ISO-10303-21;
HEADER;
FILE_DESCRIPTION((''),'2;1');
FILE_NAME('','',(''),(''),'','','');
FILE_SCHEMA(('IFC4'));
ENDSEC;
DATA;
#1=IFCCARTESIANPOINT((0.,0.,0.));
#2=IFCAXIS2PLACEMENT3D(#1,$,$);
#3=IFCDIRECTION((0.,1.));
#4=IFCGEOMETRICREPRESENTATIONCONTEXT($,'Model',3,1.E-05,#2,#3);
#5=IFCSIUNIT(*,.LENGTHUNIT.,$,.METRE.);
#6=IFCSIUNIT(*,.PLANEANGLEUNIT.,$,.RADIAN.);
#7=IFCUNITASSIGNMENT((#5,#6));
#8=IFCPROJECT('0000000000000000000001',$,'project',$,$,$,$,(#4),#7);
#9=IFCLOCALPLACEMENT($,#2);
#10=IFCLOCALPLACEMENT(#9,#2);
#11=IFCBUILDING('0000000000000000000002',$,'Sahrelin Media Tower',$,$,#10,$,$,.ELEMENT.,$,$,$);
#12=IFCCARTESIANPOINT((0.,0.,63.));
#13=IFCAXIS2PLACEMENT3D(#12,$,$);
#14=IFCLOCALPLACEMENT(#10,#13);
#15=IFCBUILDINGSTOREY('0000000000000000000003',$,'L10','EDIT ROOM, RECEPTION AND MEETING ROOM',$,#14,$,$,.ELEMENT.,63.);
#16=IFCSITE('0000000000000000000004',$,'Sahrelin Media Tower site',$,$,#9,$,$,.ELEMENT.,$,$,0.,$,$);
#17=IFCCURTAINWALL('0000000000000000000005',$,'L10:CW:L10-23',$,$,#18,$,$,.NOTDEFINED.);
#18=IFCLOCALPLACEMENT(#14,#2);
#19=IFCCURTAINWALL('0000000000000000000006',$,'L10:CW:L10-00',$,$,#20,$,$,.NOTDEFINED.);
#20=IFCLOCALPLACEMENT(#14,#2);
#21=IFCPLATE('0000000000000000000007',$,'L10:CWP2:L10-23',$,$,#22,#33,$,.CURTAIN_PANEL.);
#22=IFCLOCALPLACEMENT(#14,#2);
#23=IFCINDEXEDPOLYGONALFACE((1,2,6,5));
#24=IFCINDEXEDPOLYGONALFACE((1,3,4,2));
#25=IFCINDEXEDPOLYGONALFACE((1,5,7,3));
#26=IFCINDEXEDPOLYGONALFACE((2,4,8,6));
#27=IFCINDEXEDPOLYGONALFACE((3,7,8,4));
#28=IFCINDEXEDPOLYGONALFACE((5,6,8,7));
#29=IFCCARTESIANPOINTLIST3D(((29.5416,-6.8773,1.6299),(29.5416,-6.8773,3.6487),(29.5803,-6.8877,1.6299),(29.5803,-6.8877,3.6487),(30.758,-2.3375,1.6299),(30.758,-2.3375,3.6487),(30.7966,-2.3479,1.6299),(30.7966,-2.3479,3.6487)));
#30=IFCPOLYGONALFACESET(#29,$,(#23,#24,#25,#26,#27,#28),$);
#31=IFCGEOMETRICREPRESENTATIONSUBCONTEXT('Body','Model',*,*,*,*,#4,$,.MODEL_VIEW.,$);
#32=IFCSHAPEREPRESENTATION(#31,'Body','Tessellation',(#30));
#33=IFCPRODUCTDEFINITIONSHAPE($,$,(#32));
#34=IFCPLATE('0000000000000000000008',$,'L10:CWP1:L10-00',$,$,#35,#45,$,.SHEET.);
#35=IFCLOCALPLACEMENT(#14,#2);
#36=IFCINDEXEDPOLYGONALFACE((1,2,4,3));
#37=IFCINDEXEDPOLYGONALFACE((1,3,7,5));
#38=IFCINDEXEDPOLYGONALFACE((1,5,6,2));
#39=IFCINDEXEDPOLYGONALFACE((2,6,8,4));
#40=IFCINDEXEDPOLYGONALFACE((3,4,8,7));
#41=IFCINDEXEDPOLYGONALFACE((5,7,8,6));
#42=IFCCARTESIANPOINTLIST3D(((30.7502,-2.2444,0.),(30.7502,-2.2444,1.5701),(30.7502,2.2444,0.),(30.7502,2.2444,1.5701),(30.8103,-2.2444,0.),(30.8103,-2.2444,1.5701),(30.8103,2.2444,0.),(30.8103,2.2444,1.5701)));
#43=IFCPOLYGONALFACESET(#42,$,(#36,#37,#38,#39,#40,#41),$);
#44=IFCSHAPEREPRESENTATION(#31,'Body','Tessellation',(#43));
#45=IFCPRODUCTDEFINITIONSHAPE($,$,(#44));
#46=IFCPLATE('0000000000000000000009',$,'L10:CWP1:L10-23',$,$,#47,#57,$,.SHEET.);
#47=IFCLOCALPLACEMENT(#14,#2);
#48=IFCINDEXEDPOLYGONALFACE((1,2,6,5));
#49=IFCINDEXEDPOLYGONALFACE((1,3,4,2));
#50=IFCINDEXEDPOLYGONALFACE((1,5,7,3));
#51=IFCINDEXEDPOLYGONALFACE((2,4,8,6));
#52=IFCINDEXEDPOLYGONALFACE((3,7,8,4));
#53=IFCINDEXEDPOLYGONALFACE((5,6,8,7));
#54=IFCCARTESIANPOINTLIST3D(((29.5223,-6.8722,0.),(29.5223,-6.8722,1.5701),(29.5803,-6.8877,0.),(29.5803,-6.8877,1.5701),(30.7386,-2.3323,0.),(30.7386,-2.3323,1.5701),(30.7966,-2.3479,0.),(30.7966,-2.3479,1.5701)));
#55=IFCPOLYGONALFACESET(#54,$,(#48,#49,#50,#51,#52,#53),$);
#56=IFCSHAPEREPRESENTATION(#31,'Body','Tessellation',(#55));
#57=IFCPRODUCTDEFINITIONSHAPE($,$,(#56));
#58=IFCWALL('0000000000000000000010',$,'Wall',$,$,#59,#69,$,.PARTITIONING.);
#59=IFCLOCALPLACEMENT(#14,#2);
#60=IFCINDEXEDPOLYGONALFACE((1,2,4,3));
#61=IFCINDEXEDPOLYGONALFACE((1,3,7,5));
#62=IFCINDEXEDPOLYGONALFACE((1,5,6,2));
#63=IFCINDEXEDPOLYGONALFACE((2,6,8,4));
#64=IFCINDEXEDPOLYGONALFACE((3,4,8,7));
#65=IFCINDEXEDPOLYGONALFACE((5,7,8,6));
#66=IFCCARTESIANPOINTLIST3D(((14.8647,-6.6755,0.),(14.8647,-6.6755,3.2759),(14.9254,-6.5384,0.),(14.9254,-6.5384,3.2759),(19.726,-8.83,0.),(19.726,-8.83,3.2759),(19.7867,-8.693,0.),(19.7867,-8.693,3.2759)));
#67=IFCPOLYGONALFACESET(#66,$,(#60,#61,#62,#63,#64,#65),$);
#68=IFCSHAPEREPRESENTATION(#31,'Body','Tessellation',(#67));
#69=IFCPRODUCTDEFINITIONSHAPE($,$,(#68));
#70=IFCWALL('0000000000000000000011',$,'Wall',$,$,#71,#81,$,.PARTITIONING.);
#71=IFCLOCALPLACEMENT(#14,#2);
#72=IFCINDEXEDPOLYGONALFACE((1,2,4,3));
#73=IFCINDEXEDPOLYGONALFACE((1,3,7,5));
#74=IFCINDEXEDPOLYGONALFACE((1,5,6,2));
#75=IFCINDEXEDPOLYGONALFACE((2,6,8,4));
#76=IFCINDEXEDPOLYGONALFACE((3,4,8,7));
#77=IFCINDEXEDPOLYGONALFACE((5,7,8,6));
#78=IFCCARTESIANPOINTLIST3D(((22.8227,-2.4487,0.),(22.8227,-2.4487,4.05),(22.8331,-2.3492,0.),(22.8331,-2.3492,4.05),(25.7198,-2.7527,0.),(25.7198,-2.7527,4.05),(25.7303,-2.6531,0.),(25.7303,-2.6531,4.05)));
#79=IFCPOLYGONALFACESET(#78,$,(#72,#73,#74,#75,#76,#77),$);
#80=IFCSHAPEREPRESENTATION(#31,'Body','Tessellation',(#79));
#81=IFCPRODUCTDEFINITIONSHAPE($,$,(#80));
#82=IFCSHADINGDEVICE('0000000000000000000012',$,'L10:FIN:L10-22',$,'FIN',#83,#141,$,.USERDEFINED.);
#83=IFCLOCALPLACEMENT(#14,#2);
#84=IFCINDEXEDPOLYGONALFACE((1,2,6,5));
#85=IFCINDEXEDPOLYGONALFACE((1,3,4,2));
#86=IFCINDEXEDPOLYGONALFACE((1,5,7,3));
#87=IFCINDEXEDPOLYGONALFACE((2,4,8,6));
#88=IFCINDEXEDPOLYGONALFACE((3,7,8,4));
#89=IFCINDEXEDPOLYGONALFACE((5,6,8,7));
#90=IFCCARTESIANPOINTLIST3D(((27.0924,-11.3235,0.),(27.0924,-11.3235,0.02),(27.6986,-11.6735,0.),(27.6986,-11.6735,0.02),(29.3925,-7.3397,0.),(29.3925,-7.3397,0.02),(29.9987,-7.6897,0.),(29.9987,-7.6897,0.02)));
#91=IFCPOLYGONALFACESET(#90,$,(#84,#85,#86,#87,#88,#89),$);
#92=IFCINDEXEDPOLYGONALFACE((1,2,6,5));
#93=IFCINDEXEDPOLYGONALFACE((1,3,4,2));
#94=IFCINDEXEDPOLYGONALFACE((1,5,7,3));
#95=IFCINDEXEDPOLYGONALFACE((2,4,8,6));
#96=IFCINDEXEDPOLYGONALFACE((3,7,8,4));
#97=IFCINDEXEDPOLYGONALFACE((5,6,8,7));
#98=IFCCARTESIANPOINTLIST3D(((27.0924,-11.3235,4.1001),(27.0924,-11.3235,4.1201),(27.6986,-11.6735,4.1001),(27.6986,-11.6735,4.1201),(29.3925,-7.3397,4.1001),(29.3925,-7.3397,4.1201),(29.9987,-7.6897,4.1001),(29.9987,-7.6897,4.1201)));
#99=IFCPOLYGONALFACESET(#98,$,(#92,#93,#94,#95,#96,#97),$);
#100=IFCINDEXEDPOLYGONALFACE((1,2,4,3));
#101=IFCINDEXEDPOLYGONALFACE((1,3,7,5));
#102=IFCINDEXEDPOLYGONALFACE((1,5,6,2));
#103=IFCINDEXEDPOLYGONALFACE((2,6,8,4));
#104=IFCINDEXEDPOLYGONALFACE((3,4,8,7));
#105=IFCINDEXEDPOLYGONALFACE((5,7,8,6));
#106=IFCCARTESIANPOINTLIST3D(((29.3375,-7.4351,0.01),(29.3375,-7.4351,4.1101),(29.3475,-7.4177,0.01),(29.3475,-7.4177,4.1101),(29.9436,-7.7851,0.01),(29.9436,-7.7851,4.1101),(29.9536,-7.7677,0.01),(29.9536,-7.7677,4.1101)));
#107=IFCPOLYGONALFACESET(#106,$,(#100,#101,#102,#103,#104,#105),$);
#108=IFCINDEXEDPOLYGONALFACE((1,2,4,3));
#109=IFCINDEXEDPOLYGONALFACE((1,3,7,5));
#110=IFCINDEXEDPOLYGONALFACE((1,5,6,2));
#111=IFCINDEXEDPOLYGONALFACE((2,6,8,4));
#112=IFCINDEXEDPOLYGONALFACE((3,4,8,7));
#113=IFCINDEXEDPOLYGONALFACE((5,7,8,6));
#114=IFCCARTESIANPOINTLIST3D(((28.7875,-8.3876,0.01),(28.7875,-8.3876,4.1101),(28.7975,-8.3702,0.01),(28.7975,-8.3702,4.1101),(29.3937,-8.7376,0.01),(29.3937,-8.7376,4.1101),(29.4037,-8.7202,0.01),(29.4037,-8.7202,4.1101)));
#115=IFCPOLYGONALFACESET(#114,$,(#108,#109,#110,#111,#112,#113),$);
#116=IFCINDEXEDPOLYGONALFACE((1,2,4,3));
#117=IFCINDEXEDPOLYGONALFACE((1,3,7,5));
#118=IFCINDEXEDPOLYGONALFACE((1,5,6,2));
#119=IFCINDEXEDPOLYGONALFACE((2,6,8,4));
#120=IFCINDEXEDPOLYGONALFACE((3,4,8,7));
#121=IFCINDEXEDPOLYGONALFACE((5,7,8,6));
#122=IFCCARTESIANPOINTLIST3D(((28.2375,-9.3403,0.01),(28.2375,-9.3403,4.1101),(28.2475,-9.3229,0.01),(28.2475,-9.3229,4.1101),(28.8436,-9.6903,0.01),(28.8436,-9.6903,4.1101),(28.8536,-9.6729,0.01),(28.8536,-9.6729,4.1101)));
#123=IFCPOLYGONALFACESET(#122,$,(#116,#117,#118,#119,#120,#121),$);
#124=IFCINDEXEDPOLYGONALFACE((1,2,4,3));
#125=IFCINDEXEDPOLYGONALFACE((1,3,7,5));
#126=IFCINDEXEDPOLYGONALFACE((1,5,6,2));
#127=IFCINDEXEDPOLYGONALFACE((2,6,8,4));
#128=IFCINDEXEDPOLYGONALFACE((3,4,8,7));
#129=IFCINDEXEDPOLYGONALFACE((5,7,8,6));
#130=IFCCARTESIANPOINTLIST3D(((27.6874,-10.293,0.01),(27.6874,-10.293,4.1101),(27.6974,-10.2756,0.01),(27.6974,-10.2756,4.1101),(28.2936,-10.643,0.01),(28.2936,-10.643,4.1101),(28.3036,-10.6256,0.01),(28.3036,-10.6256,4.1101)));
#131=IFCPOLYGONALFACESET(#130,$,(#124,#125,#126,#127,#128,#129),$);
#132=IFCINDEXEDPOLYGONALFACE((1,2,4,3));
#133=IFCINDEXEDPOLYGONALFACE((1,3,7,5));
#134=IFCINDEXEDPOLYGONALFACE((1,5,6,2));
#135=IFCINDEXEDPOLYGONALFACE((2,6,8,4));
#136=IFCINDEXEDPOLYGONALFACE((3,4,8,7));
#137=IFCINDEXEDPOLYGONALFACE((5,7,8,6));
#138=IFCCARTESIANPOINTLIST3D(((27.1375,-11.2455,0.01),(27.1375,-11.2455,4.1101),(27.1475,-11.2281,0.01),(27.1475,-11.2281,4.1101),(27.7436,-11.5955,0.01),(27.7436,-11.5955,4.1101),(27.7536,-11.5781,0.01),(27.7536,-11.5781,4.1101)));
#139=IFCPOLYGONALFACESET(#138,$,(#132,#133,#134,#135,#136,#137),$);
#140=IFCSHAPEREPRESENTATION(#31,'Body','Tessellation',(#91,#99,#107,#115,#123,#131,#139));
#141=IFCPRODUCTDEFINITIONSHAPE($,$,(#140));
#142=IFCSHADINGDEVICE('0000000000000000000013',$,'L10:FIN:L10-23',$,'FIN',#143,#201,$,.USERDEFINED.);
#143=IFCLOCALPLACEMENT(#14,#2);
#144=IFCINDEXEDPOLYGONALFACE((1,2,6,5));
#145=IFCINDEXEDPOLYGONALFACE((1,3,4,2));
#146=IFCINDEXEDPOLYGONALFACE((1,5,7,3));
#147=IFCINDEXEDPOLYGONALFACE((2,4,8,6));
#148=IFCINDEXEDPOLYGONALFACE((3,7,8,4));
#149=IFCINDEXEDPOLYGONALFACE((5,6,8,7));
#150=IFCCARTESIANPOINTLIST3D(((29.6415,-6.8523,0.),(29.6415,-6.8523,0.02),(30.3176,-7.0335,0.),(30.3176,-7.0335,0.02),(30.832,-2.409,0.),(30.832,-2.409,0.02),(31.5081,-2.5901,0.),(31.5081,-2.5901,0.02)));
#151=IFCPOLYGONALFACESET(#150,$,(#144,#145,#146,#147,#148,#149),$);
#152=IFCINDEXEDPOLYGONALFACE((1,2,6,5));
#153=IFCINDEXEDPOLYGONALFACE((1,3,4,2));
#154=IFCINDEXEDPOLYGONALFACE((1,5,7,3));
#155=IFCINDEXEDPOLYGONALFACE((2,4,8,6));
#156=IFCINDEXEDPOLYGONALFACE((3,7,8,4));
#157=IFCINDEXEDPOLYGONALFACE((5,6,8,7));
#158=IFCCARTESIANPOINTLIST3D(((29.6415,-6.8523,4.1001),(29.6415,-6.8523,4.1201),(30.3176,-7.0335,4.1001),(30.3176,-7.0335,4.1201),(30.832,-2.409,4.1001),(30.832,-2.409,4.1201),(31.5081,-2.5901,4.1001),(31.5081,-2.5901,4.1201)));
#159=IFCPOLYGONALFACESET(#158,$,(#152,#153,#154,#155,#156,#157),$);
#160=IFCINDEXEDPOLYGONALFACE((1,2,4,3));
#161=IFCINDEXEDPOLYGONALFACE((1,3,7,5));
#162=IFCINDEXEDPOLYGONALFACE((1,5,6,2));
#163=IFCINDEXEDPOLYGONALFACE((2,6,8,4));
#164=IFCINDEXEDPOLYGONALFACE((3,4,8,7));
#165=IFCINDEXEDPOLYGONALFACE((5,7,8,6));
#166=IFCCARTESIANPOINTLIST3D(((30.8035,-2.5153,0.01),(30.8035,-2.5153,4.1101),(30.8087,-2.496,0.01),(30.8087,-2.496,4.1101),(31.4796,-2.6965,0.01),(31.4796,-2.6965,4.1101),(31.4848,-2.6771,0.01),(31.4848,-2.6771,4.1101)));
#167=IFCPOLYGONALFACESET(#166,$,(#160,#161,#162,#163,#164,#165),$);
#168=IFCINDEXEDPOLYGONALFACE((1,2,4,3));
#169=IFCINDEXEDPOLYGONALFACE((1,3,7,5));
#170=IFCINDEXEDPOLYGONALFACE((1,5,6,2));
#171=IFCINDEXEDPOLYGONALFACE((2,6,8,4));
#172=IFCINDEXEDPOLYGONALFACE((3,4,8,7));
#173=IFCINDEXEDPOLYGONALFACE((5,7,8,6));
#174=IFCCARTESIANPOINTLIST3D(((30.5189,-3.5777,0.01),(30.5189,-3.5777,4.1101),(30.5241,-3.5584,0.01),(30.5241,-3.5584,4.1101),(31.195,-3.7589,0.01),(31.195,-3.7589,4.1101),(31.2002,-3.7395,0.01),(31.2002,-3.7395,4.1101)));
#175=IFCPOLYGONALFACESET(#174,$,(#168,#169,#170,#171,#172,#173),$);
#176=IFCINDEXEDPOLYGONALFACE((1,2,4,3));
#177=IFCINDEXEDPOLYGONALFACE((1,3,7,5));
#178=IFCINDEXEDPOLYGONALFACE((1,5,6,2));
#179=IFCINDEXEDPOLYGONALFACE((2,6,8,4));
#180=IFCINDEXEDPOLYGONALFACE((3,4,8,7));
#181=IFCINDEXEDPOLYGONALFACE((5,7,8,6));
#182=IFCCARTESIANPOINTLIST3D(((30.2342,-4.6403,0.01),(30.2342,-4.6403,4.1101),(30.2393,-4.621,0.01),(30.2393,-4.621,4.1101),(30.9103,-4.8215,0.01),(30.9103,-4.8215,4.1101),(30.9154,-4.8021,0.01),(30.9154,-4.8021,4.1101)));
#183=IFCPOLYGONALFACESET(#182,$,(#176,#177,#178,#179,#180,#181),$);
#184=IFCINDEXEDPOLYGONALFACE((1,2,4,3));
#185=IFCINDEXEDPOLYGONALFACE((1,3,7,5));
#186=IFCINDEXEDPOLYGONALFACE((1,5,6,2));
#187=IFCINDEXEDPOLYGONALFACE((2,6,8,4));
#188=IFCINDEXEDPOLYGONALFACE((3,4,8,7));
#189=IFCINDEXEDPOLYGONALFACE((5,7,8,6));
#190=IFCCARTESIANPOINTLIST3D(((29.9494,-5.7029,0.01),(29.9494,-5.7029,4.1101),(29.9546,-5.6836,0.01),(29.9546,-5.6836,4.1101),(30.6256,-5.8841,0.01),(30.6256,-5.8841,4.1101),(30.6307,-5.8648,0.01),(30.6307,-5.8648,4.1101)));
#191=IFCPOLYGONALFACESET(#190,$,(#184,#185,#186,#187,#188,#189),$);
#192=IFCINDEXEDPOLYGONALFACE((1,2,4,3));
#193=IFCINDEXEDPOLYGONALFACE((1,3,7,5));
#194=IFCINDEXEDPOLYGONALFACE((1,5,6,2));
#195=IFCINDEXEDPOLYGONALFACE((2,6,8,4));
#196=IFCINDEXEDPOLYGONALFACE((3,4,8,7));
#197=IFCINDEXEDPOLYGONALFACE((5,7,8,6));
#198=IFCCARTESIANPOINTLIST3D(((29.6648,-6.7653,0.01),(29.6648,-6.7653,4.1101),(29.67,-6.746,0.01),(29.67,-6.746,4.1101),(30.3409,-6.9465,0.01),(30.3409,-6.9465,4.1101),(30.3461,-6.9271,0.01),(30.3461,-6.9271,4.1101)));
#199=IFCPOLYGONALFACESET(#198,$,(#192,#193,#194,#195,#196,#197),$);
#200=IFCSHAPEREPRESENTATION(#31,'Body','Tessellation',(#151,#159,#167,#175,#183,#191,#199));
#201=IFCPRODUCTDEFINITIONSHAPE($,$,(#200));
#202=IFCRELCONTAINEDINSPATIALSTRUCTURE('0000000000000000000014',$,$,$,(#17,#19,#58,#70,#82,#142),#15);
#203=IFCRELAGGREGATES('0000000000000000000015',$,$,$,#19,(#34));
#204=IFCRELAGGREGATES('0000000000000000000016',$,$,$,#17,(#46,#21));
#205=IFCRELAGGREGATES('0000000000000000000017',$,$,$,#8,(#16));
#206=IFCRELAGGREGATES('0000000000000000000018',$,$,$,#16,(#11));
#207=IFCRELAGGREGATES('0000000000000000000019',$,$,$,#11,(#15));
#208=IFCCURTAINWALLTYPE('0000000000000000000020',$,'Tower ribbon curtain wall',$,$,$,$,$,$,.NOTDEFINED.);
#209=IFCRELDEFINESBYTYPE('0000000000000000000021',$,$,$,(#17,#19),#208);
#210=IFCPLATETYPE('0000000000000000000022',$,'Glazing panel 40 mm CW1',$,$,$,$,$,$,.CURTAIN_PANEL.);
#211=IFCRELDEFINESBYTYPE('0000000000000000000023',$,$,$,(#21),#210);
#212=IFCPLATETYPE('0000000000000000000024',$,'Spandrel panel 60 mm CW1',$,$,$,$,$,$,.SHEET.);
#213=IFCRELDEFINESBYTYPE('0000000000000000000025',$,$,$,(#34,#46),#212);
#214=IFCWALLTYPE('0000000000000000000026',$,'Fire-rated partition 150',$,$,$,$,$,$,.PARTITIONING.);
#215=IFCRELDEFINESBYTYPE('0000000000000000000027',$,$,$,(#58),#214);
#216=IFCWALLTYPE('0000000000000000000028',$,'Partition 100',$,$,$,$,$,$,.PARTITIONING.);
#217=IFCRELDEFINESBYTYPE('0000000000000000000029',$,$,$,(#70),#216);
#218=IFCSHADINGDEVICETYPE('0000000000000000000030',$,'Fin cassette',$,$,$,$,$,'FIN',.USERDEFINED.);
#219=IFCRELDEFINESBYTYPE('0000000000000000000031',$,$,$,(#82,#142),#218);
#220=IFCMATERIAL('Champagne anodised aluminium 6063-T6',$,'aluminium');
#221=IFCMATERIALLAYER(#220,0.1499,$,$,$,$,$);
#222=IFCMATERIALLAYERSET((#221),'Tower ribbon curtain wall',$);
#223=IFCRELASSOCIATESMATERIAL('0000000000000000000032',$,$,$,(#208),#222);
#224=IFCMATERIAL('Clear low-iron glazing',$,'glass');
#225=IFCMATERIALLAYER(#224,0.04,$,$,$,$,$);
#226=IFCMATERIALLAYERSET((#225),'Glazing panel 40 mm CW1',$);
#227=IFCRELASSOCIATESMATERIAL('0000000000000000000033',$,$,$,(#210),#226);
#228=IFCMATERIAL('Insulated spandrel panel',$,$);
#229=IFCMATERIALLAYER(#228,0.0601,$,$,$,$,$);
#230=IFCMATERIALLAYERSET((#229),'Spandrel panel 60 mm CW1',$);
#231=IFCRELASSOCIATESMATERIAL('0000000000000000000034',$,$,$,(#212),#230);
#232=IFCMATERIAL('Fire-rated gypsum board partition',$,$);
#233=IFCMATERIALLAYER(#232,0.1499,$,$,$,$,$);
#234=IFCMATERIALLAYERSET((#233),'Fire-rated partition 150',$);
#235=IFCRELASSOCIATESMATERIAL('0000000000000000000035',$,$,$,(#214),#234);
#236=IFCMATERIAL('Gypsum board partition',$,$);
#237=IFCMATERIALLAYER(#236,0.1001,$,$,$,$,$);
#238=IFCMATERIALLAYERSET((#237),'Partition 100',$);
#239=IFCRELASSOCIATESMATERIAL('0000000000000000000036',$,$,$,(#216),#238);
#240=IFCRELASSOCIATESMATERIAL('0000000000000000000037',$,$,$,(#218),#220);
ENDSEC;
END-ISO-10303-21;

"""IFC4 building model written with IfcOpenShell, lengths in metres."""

from ifc_helpers import new_model, si_unit, direction, frame, frame_2d, origin, origin_2d, place, context, subcontext, project, spatial, polyline, rectangle, outline, extrude, material, layer, layer_set, type_object, element, aggregate, save


model = new_model("IFC4")

# Units and contexts
model_context = context("Model", 3, precision=1e-05, world=origin(), true_north=direction((0.0, 1.0)))
body_context = subcontext(model_context, "Body", "Model", "MODEL_VIEW")
ifc_project = project(units=[si_unit("LENGTHUNIT", "METRE"), si_unit("PLANEANGLEUNIT", "RADIAN")], contexts=[model_context])

# Site, building, storey
site_placement = place(None, origin())
site = spatial("IfcSite", under=ifc_project, at=site_placement, Name="Sahrelin Media Tower site", CompositionType="ELEMENT", RefElevation=0.0)
building_placement = place(site_placement, origin())
building = spatial("IfcBuilding", under=site, at=building_placement, Name="Sahrelin Media Tower", CompositionType="ELEMENT")
storey_placement = place(building_placement, frame((0.0, 0.0, 63.0)))
storey = spatial("IfcBuildingStorey", under=building, at=storey_placement, Name="L10", Description="EDIT ROOM, RECEPTION AND MEETING ROOM", CompositionType="ELEMENT", Elevation=63.0)

# Curtain wall
ifc_material_1 = material(Name="Champagne anodised aluminium 6063-T6", Category="aluminium")
ifc_layer_1 = layer(ifc_material_1, 0.1499)
ifc_layer_set_1 = layer_set([ifc_layer_1], Name="Tower ribbon curtain wall")
curtain_wall_type = type_object("IfcCurtainWallType", Name="Tower ribbon curtain wall", PredefinedType="NOTDEFINED", material=ifc_layer_set_1)
curtain_wall_1_placement = place(storey_placement, frame((30.1692, -4.6125, 0.0), z_axis=(0.0, 0.0, 1.0), x_axis=(1.0, 0.0, 0.0)))
curtain_wall_1 = element("IfcCurtainWall", 1, at=curtain_wall_1_placement, inside=storey, type_object=curtain_wall_type, Name="L10:CW:L10-23", PredefinedType="NOTDEFINED")

# Curtain wall
curtain_wall_2_placement = place(storey_placement, frame((30.7903, 0.0, 0.0), z_axis=(0.0, 0.0, 1.0), x_axis=(1.0, 0.0, 0.0)))
curtain_wall_2 = element("IfcCurtainWall", 2, at=curtain_wall_2_placement, inside=storey, type_object=curtain_wall_type, Name="L10:CW:L10-00", PredefinedType="NOTDEFINED")

# Plates
ifc_material_2 = material(Name="Clear low-iron glazing", Category="glass")
ifc_layer_2 = layer(ifc_material_2, 0.04)
ifc_layer_set_2 = layer_set([ifc_layer_2], Name="Glazing panel 40 mm CW1")
plate_type_1 = type_object("IfcPlateType", Name="Glazing panel 40 mm CW1", PredefinedType="CURTAIN_PANEL", material=ifc_layer_set_2)
plate_1_placement = place(storey_placement, frame((29.5803, -6.8877, 1.6299), z_axis=(0.965933, -0.258794, 0.0), x_axis=(0.258794, 0.965933, 0.0)))
plate_1 = element("IfcPlate", 3, at=plate_1_placement, type_object=plate_type_1, Name="L10:CWP2:L10-23", PredefinedType="CURTAIN_PANEL", context=body_context, shape_type="SweptSolid", body=[
    extrude(outline(polyline([(0.0, 0.0), (4.7, 0.0), (4.7, 2.0188), (0.0, 2.0188), (0.0, 0.0)])), origin(), (0.0, 0.0, -1.0), 0.04),
])
ifc_material_3 = material(Name="Insulated spandrel panel")
ifc_layer_3 = layer(ifc_material_3, 0.0601)
ifc_layer_set_3 = layer_set([ifc_layer_3], Name="Spandrel panel 60 mm CW1")
plate_type_2 = type_object("IfcPlateType", Name="Spandrel panel 60 mm CW1", PredefinedType="SHEET", material=ifc_layer_set_3)
plate_2_placement = place(storey_placement, frame((30.8103, -2.2444, 0.0), z_axis=(1.0, 0.0, 0.0), x_axis=(0.0, 1.0, 0.0)))
plate_2 = element("IfcPlate", 4, at=plate_2_placement, type_object=plate_type_2, Name="L10:CWP1:L10-00", PredefinedType="SHEET", context=body_context, shape_type="SweptSolid", body=[
    extrude(outline(polyline([(0.0, 0.0), (4.4888, 0.0), (4.4888, 1.5701), (0.0, 1.5701), (0.0, 0.0)])), origin(), (0.0, 0.0, -1.0), 0.0601),
])
aggregate(curtain_wall_2, [plate_2])
plate_3_placement = place(storey_placement, frame((29.5803, -6.8877, 0.0), z_axis=(0.965933, -0.258794, 0.0), x_axis=(0.258794, 0.965933, 0.0)))
plate_3 = element("IfcPlate", 5, at=plate_3_placement, type_object=plate_type_2, Name="L10:CWP1:L10-23", PredefinedType="SHEET", context=body_context, shape_type="SweptSolid", body=[
    extrude(outline(polyline([(0.0, 0.0), (4.7, 0.0), (4.7, 1.5701), (0.0, 1.5701), (0.0, 0.0)])), origin(), (0.0, 0.0, -1.0), 0.0601),
])
aggregate(curtain_wall_1, [plate_3, plate_1])

# Walls
ifc_material_4 = material(Name="Fire-rated gypsum board partition")
ifc_layer_4 = layer(ifc_material_4, 0.1499)
ifc_layer_set_4 = layer_set([ifc_layer_4], Name="Fire-rated partition 150")
wall_type_1 = type_object("IfcWallType", Name="Fire-rated partition 150", PredefinedType="PARTITIONING", material=ifc_layer_set_4)
wall_1_placement = place(storey_placement, frame((14.895, -6.6069, 0.0), z_axis=(0.0, 0.0, 1.0), x_axis=(0.914233, -0.405188, 0.0)))
element("IfcWall", 6, at=wall_1_placement, inside=storey, type_object=wall_type_1, Name="Wall", PredefinedType="PARTITIONING", context=body_context, shape_type="SweptSolid", body=[
    extrude(rectangle(XDim=5.3174, YDim=0.1499, at=frame_2d((2.6587, 0.0))), origin(), (0.0, 0.0, 1.0), 3.2759),
])
ifc_material_5 = material(Name="Gypsum board partition")
ifc_layer_5 = layer(ifc_material_5, 0.1001)
ifc_layer_set_5 = layer_set([ifc_layer_5], Name="Partition 100")
wall_type_2 = type_object("IfcWallType", Name="Partition 100", PredefinedType="PARTITIONING", material=ifc_layer_set_5)
wall_2_placement = place(storey_placement, frame((22.8279, -2.3989, 0.0), z_axis=(0.0, 0.0, 1.0), x_axis=(0.994542, -0.10434, 0.0)))
element("IfcWall", 7, at=wall_2_placement, inside=storey, type_object=wall_type_2, Name="Wall", PredefinedType="PARTITIONING", context=body_context, shape_type="SweptSolid", body=[
    extrude(rectangle(XDim=2.9131, YDim=0.1001, at=frame_2d((1.4565, 0.0))), origin(), (0.0, 0.0, 1.0), 4.05),
])

# Shading devices
shading_device_type_1 = type_object("IfcShadingDeviceType", Name="Fin cassette", ElementType="FIN", PredefinedType="USERDEFINED", material=ifc_material_1)
placement_1 = place(storey_placement, frame((28.1819, -9.2966, 0.0), z_axis=(0.0, 0.0, 1.0), x_axis=(-0.500011, -0.866019, 0.0)))
element("IfcShadingDevice", 8, at=placement_1, inside=storey, type_object=shading_device_type_1, Name="L10:FIN:L10-22", ObjectType="FIN", PredefinedType="USERDEFINED", context=body_context, shape_type="SweptSolid", body=[
    extrude(rectangle(XDim=4.6001, YDim=0.7, at=origin_2d()), frame((0.0, 0.4199, 0.0)), (0.0, 0.0, 1.0), 0.02),
    extrude(rectangle(XDim=4.6001, YDim=0.7, at=origin_2d()), frame((0.0, 0.4199, 4.1001)), (0.0, 0.0, 1.0), 0.02),
    extrude(rectangle(XDim=0.02, YDim=0.7, at=origin_2d()), frame((-2.2, 0.4199, 0.01), z_axis=(0.0, 0.0, 1.0), x_axis=(1.0, 0.0, 0.0)), (0.0, 0.0, 1.0), 4.1001),
    extrude(rectangle(XDim=0.02, YDim=0.7, at=origin_2d()), frame((-1.1001, 0.4199, 0.01), z_axis=(0.0, 0.0, 1.0), x_axis=(1.0, 0.0, 0.0)), (0.0, 0.0, 1.0), 4.1001),
    extrude(rectangle(XDim=0.02, YDim=0.7, at=origin_2d()), frame((0.0, 0.4199, 0.01), z_axis=(0.0, 0.0, 1.0), x_axis=(1.0, 0.0, 0.0)), (0.0, 0.0, 1.0), 4.1001),
    extrude(rectangle(XDim=0.02, YDim=0.7, at=origin_2d()), frame((1.1001, 0.4199, 0.01), z_axis=(0.0, 0.0, 1.0), x_axis=(1.0, 0.0, 0.0)), (0.0, 0.0, 1.0), 4.1001),
    extrude(rectangle(XDim=0.02, YDim=0.7, at=origin_2d()), frame((2.2, 0.4199, 0.01), z_axis=(0.0, 0.0, 1.0), x_axis=(1.0, 0.0, 0.0)), (0.0, 0.0, 1.0), 4.1001),
])
placement_2 = place(storey_placement, frame((30.1692, -4.6125, 0.0), z_axis=(0.0, 0.0, 1.0), x_axis=(-0.258808, -0.965929, 0.0)))
element("IfcShadingDevice", 9, at=placement_2, inside=storey, type_object=shading_device_type_1, Name="L10:FIN:L10-23", ObjectType="FIN", PredefinedType="USERDEFINED", context=body_context, shape_type="SweptSolid", body=[
    extrude(rectangle(XDim=4.6001, YDim=0.7, at=origin_2d()), frame((0.0, 0.4199, 0.0)), (0.0, 0.0, 1.0), 0.02),
    extrude(rectangle(XDim=4.6001, YDim=0.7, at=origin_2d()), frame((0.0, 0.4199, 4.1001)), (0.0, 0.0, 1.0), 0.02),
    extrude(rectangle(XDim=0.02, YDim=0.7, at=origin_2d()), frame((-2.2, 0.4199, 0.01), z_axis=(0.0, 0.0, 1.0), x_axis=(1.0, 0.0, 0.0)), (0.0, 0.0, 1.0), 4.1001),
    extrude(rectangle(XDim=0.02, YDim=0.7, at=origin_2d()), frame((-1.1001, 0.4199, 0.01), z_axis=(0.0, 0.0, 1.0), x_axis=(1.0, 0.0, 0.0)), (0.0, 0.0, 1.0), 4.1001),
    extrude(rectangle(XDim=0.02, YDim=0.7, at=origin_2d()), frame((0.0, 0.4199, 0.01), z_axis=(0.0, 0.0, 1.0), x_axis=(1.0, 0.0, 0.0)), (0.0, 0.0, 1.0), 4.1001),
    extrude(rectangle(XDim=0.02, YDim=0.7, at=origin_2d()), frame((1.1001, 0.4199, 0.01), z_axis=(0.0, 0.0, 1.0), x_axis=(1.0, 0.0, 0.0)), (0.0, 0.0, 1.0), 4.1001),
    extrude(rectangle(XDim=0.02, YDim=0.7, at=origin_2d()), frame((2.2, 0.4199, 0.01), z_axis=(0.0, 0.0, 1.0), x_axis=(1.0, 0.0, 0.0)), (0.0, 0.0, 1.0), 4.1001),
])

save(model, "model.ifc")
